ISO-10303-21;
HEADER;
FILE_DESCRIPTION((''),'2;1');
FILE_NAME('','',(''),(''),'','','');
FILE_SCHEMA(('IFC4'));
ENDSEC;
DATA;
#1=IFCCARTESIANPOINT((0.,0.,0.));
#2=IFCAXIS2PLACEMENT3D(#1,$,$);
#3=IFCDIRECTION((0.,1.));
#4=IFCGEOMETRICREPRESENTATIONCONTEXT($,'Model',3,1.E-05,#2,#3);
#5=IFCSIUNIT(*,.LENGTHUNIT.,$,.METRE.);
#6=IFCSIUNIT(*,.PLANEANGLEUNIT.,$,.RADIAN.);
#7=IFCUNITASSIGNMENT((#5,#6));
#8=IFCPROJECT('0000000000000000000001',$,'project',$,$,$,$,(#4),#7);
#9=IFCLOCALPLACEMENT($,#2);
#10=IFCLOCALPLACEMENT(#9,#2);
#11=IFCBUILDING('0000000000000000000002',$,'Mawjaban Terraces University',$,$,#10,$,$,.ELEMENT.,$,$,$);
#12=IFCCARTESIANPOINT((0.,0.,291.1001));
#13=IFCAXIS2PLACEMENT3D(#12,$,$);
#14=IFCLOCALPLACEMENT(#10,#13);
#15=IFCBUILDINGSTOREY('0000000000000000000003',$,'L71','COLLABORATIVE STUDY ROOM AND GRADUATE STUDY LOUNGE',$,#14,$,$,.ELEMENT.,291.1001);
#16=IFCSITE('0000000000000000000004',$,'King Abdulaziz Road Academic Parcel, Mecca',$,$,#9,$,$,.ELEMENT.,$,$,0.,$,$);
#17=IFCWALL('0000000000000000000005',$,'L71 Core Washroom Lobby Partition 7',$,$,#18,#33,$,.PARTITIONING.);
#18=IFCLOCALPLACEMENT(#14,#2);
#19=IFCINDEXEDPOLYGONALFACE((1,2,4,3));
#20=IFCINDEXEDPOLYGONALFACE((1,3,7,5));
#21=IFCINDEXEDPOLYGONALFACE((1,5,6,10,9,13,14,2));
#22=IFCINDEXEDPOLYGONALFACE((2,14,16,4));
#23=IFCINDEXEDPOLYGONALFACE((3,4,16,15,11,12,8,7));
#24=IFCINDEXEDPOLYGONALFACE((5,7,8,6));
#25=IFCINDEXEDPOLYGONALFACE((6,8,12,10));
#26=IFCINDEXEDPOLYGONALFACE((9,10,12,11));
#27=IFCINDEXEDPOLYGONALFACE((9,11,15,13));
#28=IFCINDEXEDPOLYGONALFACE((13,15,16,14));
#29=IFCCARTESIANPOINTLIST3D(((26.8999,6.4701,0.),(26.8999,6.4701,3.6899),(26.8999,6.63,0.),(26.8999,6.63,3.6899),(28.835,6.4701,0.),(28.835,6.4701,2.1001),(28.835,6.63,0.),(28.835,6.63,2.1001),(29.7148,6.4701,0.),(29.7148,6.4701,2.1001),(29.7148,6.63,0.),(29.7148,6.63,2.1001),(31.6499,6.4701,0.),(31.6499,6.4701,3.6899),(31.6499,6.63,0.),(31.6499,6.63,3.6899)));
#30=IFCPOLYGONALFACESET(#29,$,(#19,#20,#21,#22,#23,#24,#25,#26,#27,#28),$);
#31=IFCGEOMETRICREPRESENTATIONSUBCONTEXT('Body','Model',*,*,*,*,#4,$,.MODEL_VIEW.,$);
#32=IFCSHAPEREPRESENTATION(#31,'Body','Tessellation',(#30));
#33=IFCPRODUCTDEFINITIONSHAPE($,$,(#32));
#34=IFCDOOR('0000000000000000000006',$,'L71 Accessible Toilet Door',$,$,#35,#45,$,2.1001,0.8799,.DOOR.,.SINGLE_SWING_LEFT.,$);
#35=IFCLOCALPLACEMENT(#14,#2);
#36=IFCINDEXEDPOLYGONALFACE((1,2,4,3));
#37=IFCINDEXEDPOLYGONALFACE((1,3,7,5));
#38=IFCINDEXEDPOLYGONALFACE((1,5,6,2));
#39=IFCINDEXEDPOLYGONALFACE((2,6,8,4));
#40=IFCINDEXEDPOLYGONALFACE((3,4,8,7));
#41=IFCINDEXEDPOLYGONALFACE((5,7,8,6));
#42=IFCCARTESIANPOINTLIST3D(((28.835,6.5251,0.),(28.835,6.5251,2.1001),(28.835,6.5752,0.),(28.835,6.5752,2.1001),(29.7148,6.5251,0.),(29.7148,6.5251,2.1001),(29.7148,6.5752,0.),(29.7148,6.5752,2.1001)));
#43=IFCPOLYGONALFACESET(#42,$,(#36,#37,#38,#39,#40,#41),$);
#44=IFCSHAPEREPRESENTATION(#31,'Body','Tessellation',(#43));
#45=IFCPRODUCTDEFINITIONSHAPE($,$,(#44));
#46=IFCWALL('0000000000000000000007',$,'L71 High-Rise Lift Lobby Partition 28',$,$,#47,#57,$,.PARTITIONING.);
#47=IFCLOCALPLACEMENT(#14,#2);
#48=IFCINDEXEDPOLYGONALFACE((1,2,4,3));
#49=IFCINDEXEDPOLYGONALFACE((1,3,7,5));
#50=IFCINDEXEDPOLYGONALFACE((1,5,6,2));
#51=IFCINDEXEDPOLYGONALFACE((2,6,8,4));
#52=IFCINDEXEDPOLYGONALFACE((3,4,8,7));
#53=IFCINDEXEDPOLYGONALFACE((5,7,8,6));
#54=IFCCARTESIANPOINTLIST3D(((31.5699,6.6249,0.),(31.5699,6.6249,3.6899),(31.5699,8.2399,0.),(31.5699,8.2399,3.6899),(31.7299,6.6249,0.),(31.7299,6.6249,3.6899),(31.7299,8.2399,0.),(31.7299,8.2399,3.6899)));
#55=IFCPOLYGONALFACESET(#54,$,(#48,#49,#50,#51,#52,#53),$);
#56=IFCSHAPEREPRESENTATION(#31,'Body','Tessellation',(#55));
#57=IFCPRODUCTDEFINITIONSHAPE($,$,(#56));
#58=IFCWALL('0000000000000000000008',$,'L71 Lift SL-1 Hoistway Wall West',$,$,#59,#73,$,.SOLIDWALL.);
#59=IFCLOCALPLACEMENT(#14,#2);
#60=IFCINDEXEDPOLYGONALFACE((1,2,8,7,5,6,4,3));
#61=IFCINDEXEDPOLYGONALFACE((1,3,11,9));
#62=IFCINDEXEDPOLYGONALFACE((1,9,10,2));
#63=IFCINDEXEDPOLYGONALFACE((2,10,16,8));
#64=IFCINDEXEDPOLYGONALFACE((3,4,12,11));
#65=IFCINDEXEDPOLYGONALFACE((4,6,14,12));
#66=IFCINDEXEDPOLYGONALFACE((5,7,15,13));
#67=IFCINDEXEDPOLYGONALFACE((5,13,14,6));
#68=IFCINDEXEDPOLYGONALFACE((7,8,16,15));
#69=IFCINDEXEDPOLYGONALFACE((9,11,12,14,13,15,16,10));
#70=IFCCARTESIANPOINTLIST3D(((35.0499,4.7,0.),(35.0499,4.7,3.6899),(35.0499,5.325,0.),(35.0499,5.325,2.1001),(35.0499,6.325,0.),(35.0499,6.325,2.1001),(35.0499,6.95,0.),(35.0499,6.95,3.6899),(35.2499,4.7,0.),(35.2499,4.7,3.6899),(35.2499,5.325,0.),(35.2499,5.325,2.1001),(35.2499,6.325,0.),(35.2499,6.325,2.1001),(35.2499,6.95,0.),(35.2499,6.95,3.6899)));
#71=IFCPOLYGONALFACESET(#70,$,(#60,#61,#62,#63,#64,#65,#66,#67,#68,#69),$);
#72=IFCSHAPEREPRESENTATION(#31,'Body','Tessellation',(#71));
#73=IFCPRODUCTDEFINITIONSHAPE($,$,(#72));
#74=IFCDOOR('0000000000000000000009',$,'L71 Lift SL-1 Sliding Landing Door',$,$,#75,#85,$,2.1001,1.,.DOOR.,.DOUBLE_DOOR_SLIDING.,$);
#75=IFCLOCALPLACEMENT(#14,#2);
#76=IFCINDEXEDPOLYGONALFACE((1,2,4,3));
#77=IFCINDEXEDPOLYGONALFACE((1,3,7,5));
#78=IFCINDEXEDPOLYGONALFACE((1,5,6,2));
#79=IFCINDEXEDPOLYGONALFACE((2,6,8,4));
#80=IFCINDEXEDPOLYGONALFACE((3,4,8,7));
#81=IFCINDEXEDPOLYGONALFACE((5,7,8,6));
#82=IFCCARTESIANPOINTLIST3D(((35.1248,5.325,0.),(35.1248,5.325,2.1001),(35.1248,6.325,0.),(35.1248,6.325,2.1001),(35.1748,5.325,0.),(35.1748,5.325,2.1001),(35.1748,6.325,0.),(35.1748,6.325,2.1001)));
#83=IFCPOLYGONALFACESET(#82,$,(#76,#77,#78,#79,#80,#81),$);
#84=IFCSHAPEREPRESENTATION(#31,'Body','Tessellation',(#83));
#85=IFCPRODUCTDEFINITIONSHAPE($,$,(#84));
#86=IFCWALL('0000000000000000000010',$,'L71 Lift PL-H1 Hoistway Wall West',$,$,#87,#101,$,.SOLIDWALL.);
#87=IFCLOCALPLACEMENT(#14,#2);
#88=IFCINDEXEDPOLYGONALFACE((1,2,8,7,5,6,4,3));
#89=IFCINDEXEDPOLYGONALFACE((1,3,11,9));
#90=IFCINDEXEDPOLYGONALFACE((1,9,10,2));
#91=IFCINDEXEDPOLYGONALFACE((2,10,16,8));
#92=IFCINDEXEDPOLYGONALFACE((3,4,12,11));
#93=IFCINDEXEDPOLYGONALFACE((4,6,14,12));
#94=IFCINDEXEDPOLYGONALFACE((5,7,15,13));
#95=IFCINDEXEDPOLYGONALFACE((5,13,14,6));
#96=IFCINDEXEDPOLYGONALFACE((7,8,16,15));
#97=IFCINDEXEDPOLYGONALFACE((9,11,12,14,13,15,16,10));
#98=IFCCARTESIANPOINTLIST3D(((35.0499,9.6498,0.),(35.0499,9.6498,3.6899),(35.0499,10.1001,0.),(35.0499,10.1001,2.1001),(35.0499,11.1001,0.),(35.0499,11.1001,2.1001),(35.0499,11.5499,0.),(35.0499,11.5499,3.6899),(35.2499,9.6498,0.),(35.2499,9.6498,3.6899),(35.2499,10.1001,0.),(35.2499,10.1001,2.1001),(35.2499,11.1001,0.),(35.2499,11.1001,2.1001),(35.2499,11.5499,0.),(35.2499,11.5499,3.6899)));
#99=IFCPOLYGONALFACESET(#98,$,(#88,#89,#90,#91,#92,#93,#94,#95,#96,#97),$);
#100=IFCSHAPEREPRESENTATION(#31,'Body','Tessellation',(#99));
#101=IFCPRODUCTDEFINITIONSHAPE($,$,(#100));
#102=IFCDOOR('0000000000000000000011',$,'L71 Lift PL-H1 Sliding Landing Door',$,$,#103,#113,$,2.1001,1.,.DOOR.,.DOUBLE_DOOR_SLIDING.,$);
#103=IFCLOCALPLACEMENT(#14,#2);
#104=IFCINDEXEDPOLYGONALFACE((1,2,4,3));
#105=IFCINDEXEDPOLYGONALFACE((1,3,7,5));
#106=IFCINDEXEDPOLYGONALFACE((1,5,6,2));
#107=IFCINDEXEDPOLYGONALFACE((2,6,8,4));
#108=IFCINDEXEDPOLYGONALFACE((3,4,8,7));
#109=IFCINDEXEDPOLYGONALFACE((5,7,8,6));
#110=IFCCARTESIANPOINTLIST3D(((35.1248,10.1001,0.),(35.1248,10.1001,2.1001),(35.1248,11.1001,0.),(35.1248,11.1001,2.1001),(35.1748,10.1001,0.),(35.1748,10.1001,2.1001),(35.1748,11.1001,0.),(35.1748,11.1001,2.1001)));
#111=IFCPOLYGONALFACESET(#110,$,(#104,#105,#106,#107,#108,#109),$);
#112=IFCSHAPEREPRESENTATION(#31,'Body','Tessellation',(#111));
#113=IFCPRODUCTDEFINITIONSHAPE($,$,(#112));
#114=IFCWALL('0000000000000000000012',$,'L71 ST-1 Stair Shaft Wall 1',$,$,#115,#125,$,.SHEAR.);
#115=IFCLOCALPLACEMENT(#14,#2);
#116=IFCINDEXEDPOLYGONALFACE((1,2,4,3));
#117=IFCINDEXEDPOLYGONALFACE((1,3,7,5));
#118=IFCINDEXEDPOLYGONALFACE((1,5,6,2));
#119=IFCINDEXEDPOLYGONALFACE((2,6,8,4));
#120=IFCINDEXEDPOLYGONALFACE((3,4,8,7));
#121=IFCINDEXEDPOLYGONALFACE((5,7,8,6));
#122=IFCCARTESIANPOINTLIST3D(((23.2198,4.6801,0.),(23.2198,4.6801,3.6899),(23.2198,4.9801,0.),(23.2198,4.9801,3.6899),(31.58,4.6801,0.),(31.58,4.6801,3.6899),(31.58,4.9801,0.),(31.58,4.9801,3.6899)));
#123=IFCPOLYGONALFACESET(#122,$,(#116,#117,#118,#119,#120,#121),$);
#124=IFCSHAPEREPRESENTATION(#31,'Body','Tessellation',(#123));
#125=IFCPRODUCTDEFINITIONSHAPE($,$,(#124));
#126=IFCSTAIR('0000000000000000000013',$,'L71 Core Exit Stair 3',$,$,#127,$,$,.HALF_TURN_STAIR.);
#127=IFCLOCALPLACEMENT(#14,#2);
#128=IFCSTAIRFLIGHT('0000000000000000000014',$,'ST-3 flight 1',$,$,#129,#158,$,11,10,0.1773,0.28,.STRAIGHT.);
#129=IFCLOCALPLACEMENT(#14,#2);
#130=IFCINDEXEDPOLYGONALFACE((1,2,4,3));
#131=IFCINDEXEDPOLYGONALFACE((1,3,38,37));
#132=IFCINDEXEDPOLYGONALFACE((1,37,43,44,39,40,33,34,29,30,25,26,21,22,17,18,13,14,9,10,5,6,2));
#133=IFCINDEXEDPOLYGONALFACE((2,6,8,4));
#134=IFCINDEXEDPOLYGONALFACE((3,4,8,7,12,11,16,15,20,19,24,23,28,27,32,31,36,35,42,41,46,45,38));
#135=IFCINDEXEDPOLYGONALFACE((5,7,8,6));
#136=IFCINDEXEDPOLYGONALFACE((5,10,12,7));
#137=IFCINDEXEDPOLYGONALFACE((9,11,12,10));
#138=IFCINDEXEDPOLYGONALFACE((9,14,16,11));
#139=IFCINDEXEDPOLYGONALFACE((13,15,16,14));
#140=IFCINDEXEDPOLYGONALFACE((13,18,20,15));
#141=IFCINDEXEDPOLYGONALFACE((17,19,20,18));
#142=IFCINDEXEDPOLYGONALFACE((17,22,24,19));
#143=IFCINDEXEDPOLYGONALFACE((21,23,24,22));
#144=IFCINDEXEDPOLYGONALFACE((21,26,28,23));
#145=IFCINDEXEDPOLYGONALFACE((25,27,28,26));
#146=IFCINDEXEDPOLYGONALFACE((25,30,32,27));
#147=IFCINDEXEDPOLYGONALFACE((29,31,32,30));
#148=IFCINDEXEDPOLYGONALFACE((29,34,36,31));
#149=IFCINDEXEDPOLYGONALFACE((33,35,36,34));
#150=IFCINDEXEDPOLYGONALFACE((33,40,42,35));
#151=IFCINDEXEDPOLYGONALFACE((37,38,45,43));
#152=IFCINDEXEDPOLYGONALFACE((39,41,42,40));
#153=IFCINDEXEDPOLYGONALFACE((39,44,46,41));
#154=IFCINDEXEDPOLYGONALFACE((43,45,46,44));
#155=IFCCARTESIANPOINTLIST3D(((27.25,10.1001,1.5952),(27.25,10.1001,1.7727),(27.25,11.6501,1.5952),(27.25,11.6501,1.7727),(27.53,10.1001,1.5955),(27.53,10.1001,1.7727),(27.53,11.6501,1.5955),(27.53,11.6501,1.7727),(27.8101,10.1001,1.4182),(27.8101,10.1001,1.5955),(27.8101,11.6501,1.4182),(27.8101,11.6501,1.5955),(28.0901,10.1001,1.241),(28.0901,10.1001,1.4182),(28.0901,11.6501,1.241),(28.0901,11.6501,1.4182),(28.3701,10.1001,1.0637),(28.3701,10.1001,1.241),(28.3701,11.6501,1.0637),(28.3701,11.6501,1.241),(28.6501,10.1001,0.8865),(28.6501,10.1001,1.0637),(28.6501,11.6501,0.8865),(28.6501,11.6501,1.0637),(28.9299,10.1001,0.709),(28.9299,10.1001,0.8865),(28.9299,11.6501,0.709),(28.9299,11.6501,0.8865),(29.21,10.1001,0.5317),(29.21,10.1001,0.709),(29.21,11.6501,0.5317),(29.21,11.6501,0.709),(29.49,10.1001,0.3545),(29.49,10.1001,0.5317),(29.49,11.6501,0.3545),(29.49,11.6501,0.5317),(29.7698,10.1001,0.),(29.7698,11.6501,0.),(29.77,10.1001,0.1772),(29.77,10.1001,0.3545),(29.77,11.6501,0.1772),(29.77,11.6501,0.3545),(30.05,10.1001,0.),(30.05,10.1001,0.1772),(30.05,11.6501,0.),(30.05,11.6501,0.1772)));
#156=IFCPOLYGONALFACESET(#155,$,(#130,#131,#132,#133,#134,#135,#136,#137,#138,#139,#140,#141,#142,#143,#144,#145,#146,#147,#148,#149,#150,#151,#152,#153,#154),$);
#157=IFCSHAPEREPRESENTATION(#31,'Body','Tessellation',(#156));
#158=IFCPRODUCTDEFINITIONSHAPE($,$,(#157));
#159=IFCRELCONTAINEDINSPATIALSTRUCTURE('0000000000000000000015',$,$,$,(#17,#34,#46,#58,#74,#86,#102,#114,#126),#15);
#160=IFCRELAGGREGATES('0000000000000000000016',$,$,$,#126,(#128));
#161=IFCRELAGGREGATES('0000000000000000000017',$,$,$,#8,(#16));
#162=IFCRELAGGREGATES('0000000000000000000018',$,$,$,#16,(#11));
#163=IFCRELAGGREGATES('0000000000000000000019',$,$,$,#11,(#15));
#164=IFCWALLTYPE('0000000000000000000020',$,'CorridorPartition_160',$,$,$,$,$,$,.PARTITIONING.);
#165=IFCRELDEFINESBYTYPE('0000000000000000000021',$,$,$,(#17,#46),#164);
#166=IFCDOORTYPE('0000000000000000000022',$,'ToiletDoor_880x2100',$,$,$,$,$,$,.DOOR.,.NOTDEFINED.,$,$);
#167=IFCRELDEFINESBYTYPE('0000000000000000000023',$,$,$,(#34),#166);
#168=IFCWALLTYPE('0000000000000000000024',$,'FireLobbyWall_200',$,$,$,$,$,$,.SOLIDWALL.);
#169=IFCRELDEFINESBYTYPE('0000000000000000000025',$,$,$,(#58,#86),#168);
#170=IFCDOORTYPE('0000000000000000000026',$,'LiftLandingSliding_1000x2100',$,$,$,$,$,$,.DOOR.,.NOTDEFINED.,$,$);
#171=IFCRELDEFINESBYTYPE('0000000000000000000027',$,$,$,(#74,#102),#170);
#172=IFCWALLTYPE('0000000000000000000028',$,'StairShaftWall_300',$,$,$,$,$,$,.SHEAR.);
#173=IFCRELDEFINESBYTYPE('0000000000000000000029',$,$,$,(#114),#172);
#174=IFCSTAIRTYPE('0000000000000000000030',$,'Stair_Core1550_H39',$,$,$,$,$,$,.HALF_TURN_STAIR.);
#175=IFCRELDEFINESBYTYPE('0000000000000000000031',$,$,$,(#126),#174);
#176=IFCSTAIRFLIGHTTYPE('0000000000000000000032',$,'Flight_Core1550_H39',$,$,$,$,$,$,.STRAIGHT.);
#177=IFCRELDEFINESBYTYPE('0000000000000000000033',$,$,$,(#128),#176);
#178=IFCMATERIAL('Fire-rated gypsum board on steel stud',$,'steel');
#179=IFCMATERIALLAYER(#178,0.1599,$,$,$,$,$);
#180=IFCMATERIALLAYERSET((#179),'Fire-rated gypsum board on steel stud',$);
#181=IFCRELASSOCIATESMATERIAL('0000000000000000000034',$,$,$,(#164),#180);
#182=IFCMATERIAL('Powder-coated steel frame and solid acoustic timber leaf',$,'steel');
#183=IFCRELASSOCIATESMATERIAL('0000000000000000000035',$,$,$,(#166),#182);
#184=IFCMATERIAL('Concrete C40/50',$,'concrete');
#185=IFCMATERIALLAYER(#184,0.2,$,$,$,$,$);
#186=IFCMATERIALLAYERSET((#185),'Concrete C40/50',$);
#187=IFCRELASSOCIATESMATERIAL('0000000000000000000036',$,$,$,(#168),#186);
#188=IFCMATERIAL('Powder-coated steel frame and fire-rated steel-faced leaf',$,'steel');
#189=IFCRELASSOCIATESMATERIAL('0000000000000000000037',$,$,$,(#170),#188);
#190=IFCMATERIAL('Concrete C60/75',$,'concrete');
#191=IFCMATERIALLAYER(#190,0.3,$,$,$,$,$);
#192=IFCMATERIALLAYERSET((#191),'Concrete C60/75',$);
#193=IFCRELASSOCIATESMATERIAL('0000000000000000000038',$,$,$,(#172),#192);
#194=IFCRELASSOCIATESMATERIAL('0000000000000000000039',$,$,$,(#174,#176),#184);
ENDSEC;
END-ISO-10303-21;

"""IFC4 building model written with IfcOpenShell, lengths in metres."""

from ifc_helpers import new_model, si_unit, direction, frame, frame_2d, origin, place, context, subcontext, project, spatial, polyline, rectangle, outline, extrude, material, layer, layer_set, type_object, element, fill, aggregate, save


model = new_model("IFC4")

# Units and contexts
model_context = context("Model", 3, precision=1e-05, world=origin(), true_north=direction((0.0, 1.0)))
body_context = subcontext(model_context, "Body", "Model", "MODEL_VIEW")
ifc_project = project(units=[si_unit("LENGTHUNIT", "METRE"), si_unit("PLANEANGLEUNIT", "RADIAN")], contexts=[model_context])

# Site, building, storey
site_placement = place(None, origin())
site = spatial("IfcSite", under=ifc_project, at=site_placement, Name="King Abdulaziz Road Academic Parcel, Mecca", CompositionType="ELEMENT", RefElevation=0.0)
building_placement = place(site_placement, origin())
building = spatial("IfcBuilding", under=site, at=building_placement, Name="Mawjaban Terraces University", CompositionType="ELEMENT")
storey_placement = place(building_placement, frame((0.0, 0.0, 291.1001)))
storey = spatial("IfcBuildingStorey", under=building, at=storey_placement, Name="L71", Description="COLLABORATIVE STUDY ROOM AND GRADUATE STUDY LOUNGE", CompositionType="ELEMENT", Elevation=291.1001)

# Wall, opening, door
ifc_material_1 = material(Name="Fire-rated gypsum board on steel stud", Category="steel")
ifc_layer_1 = layer(ifc_material_1, 0.1599)
ifc_layer_set_1 = layer_set([ifc_layer_1], Name="Fire-rated gypsum board on steel stud")
wall_type_1 = type_object("IfcWallType", Name="CorridorPartition_160", PredefinedType="PARTITIONING", material=ifc_layer_set_1)
wall_1_placement = place(storey_placement, frame((31.6499, 6.55, 0.0), z_axis=(0.0, 0.0, 1.0), x_axis=(-1.0, 0.0, 0.0)))
wall_1 = element("IfcWall", 1, at=wall_1_placement, inside=storey, type_object=wall_type_1, Name="L71 Core Washroom Lobby Partition 7", PredefinedType="PARTITIONING", context=body_context, shape_type="SweptSolid", body=[
    extrude(rectangle(XDim=4.75, YDim=0.1599, at=frame_2d((2.375, 0.0))), origin(), (0.0, 0.0, 1.0), 3.6899),
])
opening_1_placement = place(wall_1_placement, frame((1.9351, 0.0, 0.0)))
opening_1 = element("IfcOpeningElement", 2, at=opening_1_placement, cuts=wall_1, PredefinedType="OPENING", context=body_context, shape_type="SweptSolid", body=[
    extrude(rectangle(XDim=0.8799, YDim=2.1001, at=frame_2d((0.4399, 1.05))), frame((0.0, 0.0898, 0.0), z_axis=(0.0, -1.0, 0.0), x_axis=(1.0, 0.0, 0.0)), (0.0, 0.0, 1.0), 0.1799),
])
ifc_material_2 = material(Name="Powder-coated steel frame and solid acoustic timber leaf", Category="steel")
door_type_1 = type_object("IfcDoorType", Name="ToiletDoor_880x2100", OperationType="NOTDEFINED", PredefinedType="DOOR", material=ifc_material_2)
door_1_placement = place(opening_1_placement, origin())
door_1 = element("IfcDoor", 3, at=door_1_placement, inside=storey, type_object=door_type_1, Name="L71 Accessible Toilet Door", OperationType="SINGLE_SWING_LEFT", OverallHeight=2.1001, OverallWidth=0.8799, PredefinedType="DOOR", context=body_context, shape_type="SweptSolid", body=[
    extrude(rectangle(XDim=0.8799, YDim=2.1001, at=frame_2d((0.4399, 1.05))), frame((0.0, 0.0249, 0.0), z_axis=(0.0, -1.0, 0.0), x_axis=(1.0, 0.0, 0.0)), (0.0, 0.0, 1.0), 0.05),
])
fill(opening_1, door_1)

# Wall
wall_2_placement = place(storey_placement, frame((31.6499, 8.24, 0.0), z_axis=(0.0, 0.0, 1.0), x_axis=(0.0, -1.0, 0.0)))
element("IfcWall", 4, at=wall_2_placement, inside=storey, type_object=wall_type_1, Name="L71 High-Rise Lift Lobby Partition 28", PredefinedType="PARTITIONING", context=body_context, shape_type="SweptSolid", body=[
    extrude(rectangle(XDim=1.615, YDim=0.1599, at=frame_2d((0.8076, 0.0))), origin(), (0.0, 0.0, 1.0), 3.6899),
])

# Walls, openings, doors
ifc_material_3 = material(Name="Concrete C40/50", Category="concrete")
ifc_layer_2 = layer(ifc_material_3, 0.2)
ifc_layer_set_2 = layer_set([ifc_layer_2], Name="Concrete C40/50")
wall_type_2 = type_object("IfcWallType", Name="FireLobbyWall_200", PredefinedType="SOLIDWALL", material=ifc_layer_set_2)
wall_3_placement = place(storey_placement, frame((35.1499, 6.95, 0.0), z_axis=(0.0, 0.0, 1.0), x_axis=(0.0, -1.0, 0.0)))
wall_3 = element("IfcWall", 5, at=wall_3_placement, inside=storey, type_object=wall_type_2, Name="L71 Lift SL-1 Hoistway Wall West", PredefinedType="SOLIDWALL", context=body_context, shape_type="SweptSolid", body=[
    extrude(rectangle(XDim=2.25, YDim=0.2, at=frame_2d((1.125, 0.0))), origin(), (0.0, 0.0, 1.0), 3.6899),
])
opening_2_placement = place(wall_3_placement, frame((0.625, 0.0, 0.0)))
opening_2 = element("IfcOpeningElement", 6, at=opening_2_placement, cuts=wall_3, PredefinedType="OPENING", context=body_context, shape_type="SweptSolid", body=[
    extrude(rectangle(XDim=1.0, YDim=2.1001, at=frame_2d((0.5, 1.05))), frame((0.0, 0.1099, 0.0), z_axis=(0.0, -1.0, 0.0), x_axis=(1.0, 0.0, 0.0)), (0.0, 0.0, 1.0), 0.22),
])
ifc_material_4 = material(Name="Powder-coated steel frame and fire-rated steel-faced leaf", Category="steel")
door_type_2 = type_object("IfcDoorType", Name="LiftLandingSliding_1000x2100", OperationType="NOTDEFINED", PredefinedType="DOOR", material=ifc_material_4)
door_2_placement = place(opening_2_placement, origin())
door_2 = element("IfcDoor", 7, at=door_2_placement, inside=storey, type_object=door_type_2, Name="L71 Lift SL-1 Sliding Landing Door", OperationType="DOUBLE_DOOR_SLIDING", OverallHeight=2.1001, OverallWidth=1.0, PredefinedType="DOOR", context=body_context, shape_type="SweptSolid", body=[
    extrude(rectangle(XDim=1.0, YDim=2.1001, at=frame_2d((0.5, 1.05))), frame((0.0, 0.0249, 0.0), z_axis=(0.0, -1.0, 0.0), x_axis=(1.0, 0.0, 0.0)), (0.0, 0.0, 1.0), 0.05),
])
fill(opening_2, door_2)
wall_4_placement = place(storey_placement, frame((35.1499, 11.55, 0.0), z_axis=(0.0, 0.0, 1.0), x_axis=(0.0, -1.0, 0.0)))
wall_4 = element("IfcWall", 8, at=wall_4_placement, inside=storey, type_object=wall_type_2, Name="L71 Lift PL-H1 Hoistway Wall West", PredefinedType="SOLIDWALL", context=body_context, shape_type="SweptSolid", body=[
    extrude(rectangle(XDim=1.9001, YDim=0.2, at=frame_2d((0.9502, 0.0))), origin(), (0.0, 0.0, 1.0), 3.6899),
])
opening_3_placement = place(wall_4_placement, frame((0.45, 0.0, 0.0)))
opening_3 = element("IfcOpeningElement", 9, at=opening_3_placement, cuts=wall_4, PredefinedType="OPENING", context=body_context, shape_type="SweptSolid", body=[
    extrude(rectangle(XDim=1.0, YDim=2.1001, at=frame_2d((0.5, 1.05))), frame((0.0, 0.1099, 0.0), z_axis=(0.0, -1.0, 0.0), x_axis=(1.0, 0.0, 0.0)), (0.0, 0.0, 1.0), 0.22),
])
door_3_placement = place(opening_3_placement, origin())
door_3 = element("IfcDoor", 10, at=door_3_placement, inside=storey, type_object=door_type_2, Name="L71 Lift PL-H1 Sliding Landing Door", OperationType="DOUBLE_DOOR_SLIDING", OverallHeight=2.1001, OverallWidth=1.0, PredefinedType="DOOR", context=body_context, shape_type="SweptSolid", body=[
    extrude(rectangle(XDim=1.0, YDim=2.1001, at=frame_2d((0.5, 1.05))), frame((0.0, 0.0249, 0.0), z_axis=(0.0, -1.0, 0.0), x_axis=(1.0, 0.0, 0.0)), (0.0, 0.0, 1.0), 0.05),
])
fill(opening_3, door_3)

# Wall
ifc_material_5 = material(Name="Concrete C60/75", Category="concrete")
ifc_layer_3 = layer(ifc_material_5, 0.3)
ifc_layer_set_3 = layer_set([ifc_layer_3], Name="Concrete C60/75")
wall_type_3 = type_object("IfcWallType", Name="StairShaftWall_300", PredefinedType="SHEAR", material=ifc_layer_set_3)
wall_5_placement = place(storey_placement, frame((31.5801, 4.8301, 0.0), z_axis=(0.0, 0.0, 1.0), x_axis=(-1.0, 0.0, 0.0)))
element("IfcWall", 11, at=wall_5_placement, inside=storey, type_object=wall_type_3, Name="L71 ST-1 Stair Shaft Wall 1", PredefinedType="SHEAR", context=body_context, shape_type="SweptSolid", body=[
    extrude(rectangle(XDim=8.3601, YDim=0.3, at=frame_2d((4.1802, 0.0))), origin(), (0.0, 0.0, 1.0), 3.6899),
])

# Stair, stair flight
stair_type = type_object("IfcStairType", Name="Stair_Core1550_H39", PredefinedType="HALF_TURN_STAIR", material=ifc_material_3)
stair_placement = place(storey_placement, origin())
stair = element("IfcStair", 12, at=stair_placement, inside=storey, type_object=stair_type, Name="L71 Core Exit Stair 3", PredefinedType="HALF_TURN_STAIR")
stair_flight_type = type_object("IfcStairFlightType", Name="Flight_Core1550_H39", PredefinedType="STRAIGHT", material=ifc_material_3)
stair_flight_1_placement = place(storey_placement, frame((30.05, 10.875, 0.0), z_axis=(0.0, 0.0, 1.0), x_axis=(-1.0, 0.0, 0.0)))
stair_flight_1 = element("IfcStairFlight", 13, at=stair_flight_1_placement, type_object=stair_flight_type, Name="ST-3 flight 1", NumberOfRisers=11, NumberOfTreads=10, PredefinedType="STRAIGHT", RiserHeight=0.1773, TreadLength=0.28, context=body_context, shape_type="SweptSolid", body=[
    extrude(outline(polyline([(0.0, 0.0), (0.0, 0.1772), (0.28, 0.1772), (0.28, 0.3545), (0.5601, 0.3545), (0.5601, 0.5317), (0.8401, 0.5317), (0.8401, 0.709), (1.1201, 0.709), (1.1201, 0.8865), (1.3999, 0.8865), (1.3999, 1.0637), (1.6799, 1.0637), (1.6799, 1.241), (1.96, 1.241), (1.96, 1.4182), (2.24, 1.4182), (2.24, 1.5955), (2.52, 1.5955), (2.52, 1.7727), (2.8, 1.7727), (2.8, 1.95), (2.8, 1.5952), (0.2803, 0.0), (0.0, 0.0)])), frame((0.0, 0.7749, 0.0), z_axis=(0.0, -1.0, 0.0), x_axis=(1.0, 0.0, 0.0)), (0.0, 0.0, 1.0), 1.55),
])
aggregate(stair, [stair_flight_1])

save(model, "model.ifc")
